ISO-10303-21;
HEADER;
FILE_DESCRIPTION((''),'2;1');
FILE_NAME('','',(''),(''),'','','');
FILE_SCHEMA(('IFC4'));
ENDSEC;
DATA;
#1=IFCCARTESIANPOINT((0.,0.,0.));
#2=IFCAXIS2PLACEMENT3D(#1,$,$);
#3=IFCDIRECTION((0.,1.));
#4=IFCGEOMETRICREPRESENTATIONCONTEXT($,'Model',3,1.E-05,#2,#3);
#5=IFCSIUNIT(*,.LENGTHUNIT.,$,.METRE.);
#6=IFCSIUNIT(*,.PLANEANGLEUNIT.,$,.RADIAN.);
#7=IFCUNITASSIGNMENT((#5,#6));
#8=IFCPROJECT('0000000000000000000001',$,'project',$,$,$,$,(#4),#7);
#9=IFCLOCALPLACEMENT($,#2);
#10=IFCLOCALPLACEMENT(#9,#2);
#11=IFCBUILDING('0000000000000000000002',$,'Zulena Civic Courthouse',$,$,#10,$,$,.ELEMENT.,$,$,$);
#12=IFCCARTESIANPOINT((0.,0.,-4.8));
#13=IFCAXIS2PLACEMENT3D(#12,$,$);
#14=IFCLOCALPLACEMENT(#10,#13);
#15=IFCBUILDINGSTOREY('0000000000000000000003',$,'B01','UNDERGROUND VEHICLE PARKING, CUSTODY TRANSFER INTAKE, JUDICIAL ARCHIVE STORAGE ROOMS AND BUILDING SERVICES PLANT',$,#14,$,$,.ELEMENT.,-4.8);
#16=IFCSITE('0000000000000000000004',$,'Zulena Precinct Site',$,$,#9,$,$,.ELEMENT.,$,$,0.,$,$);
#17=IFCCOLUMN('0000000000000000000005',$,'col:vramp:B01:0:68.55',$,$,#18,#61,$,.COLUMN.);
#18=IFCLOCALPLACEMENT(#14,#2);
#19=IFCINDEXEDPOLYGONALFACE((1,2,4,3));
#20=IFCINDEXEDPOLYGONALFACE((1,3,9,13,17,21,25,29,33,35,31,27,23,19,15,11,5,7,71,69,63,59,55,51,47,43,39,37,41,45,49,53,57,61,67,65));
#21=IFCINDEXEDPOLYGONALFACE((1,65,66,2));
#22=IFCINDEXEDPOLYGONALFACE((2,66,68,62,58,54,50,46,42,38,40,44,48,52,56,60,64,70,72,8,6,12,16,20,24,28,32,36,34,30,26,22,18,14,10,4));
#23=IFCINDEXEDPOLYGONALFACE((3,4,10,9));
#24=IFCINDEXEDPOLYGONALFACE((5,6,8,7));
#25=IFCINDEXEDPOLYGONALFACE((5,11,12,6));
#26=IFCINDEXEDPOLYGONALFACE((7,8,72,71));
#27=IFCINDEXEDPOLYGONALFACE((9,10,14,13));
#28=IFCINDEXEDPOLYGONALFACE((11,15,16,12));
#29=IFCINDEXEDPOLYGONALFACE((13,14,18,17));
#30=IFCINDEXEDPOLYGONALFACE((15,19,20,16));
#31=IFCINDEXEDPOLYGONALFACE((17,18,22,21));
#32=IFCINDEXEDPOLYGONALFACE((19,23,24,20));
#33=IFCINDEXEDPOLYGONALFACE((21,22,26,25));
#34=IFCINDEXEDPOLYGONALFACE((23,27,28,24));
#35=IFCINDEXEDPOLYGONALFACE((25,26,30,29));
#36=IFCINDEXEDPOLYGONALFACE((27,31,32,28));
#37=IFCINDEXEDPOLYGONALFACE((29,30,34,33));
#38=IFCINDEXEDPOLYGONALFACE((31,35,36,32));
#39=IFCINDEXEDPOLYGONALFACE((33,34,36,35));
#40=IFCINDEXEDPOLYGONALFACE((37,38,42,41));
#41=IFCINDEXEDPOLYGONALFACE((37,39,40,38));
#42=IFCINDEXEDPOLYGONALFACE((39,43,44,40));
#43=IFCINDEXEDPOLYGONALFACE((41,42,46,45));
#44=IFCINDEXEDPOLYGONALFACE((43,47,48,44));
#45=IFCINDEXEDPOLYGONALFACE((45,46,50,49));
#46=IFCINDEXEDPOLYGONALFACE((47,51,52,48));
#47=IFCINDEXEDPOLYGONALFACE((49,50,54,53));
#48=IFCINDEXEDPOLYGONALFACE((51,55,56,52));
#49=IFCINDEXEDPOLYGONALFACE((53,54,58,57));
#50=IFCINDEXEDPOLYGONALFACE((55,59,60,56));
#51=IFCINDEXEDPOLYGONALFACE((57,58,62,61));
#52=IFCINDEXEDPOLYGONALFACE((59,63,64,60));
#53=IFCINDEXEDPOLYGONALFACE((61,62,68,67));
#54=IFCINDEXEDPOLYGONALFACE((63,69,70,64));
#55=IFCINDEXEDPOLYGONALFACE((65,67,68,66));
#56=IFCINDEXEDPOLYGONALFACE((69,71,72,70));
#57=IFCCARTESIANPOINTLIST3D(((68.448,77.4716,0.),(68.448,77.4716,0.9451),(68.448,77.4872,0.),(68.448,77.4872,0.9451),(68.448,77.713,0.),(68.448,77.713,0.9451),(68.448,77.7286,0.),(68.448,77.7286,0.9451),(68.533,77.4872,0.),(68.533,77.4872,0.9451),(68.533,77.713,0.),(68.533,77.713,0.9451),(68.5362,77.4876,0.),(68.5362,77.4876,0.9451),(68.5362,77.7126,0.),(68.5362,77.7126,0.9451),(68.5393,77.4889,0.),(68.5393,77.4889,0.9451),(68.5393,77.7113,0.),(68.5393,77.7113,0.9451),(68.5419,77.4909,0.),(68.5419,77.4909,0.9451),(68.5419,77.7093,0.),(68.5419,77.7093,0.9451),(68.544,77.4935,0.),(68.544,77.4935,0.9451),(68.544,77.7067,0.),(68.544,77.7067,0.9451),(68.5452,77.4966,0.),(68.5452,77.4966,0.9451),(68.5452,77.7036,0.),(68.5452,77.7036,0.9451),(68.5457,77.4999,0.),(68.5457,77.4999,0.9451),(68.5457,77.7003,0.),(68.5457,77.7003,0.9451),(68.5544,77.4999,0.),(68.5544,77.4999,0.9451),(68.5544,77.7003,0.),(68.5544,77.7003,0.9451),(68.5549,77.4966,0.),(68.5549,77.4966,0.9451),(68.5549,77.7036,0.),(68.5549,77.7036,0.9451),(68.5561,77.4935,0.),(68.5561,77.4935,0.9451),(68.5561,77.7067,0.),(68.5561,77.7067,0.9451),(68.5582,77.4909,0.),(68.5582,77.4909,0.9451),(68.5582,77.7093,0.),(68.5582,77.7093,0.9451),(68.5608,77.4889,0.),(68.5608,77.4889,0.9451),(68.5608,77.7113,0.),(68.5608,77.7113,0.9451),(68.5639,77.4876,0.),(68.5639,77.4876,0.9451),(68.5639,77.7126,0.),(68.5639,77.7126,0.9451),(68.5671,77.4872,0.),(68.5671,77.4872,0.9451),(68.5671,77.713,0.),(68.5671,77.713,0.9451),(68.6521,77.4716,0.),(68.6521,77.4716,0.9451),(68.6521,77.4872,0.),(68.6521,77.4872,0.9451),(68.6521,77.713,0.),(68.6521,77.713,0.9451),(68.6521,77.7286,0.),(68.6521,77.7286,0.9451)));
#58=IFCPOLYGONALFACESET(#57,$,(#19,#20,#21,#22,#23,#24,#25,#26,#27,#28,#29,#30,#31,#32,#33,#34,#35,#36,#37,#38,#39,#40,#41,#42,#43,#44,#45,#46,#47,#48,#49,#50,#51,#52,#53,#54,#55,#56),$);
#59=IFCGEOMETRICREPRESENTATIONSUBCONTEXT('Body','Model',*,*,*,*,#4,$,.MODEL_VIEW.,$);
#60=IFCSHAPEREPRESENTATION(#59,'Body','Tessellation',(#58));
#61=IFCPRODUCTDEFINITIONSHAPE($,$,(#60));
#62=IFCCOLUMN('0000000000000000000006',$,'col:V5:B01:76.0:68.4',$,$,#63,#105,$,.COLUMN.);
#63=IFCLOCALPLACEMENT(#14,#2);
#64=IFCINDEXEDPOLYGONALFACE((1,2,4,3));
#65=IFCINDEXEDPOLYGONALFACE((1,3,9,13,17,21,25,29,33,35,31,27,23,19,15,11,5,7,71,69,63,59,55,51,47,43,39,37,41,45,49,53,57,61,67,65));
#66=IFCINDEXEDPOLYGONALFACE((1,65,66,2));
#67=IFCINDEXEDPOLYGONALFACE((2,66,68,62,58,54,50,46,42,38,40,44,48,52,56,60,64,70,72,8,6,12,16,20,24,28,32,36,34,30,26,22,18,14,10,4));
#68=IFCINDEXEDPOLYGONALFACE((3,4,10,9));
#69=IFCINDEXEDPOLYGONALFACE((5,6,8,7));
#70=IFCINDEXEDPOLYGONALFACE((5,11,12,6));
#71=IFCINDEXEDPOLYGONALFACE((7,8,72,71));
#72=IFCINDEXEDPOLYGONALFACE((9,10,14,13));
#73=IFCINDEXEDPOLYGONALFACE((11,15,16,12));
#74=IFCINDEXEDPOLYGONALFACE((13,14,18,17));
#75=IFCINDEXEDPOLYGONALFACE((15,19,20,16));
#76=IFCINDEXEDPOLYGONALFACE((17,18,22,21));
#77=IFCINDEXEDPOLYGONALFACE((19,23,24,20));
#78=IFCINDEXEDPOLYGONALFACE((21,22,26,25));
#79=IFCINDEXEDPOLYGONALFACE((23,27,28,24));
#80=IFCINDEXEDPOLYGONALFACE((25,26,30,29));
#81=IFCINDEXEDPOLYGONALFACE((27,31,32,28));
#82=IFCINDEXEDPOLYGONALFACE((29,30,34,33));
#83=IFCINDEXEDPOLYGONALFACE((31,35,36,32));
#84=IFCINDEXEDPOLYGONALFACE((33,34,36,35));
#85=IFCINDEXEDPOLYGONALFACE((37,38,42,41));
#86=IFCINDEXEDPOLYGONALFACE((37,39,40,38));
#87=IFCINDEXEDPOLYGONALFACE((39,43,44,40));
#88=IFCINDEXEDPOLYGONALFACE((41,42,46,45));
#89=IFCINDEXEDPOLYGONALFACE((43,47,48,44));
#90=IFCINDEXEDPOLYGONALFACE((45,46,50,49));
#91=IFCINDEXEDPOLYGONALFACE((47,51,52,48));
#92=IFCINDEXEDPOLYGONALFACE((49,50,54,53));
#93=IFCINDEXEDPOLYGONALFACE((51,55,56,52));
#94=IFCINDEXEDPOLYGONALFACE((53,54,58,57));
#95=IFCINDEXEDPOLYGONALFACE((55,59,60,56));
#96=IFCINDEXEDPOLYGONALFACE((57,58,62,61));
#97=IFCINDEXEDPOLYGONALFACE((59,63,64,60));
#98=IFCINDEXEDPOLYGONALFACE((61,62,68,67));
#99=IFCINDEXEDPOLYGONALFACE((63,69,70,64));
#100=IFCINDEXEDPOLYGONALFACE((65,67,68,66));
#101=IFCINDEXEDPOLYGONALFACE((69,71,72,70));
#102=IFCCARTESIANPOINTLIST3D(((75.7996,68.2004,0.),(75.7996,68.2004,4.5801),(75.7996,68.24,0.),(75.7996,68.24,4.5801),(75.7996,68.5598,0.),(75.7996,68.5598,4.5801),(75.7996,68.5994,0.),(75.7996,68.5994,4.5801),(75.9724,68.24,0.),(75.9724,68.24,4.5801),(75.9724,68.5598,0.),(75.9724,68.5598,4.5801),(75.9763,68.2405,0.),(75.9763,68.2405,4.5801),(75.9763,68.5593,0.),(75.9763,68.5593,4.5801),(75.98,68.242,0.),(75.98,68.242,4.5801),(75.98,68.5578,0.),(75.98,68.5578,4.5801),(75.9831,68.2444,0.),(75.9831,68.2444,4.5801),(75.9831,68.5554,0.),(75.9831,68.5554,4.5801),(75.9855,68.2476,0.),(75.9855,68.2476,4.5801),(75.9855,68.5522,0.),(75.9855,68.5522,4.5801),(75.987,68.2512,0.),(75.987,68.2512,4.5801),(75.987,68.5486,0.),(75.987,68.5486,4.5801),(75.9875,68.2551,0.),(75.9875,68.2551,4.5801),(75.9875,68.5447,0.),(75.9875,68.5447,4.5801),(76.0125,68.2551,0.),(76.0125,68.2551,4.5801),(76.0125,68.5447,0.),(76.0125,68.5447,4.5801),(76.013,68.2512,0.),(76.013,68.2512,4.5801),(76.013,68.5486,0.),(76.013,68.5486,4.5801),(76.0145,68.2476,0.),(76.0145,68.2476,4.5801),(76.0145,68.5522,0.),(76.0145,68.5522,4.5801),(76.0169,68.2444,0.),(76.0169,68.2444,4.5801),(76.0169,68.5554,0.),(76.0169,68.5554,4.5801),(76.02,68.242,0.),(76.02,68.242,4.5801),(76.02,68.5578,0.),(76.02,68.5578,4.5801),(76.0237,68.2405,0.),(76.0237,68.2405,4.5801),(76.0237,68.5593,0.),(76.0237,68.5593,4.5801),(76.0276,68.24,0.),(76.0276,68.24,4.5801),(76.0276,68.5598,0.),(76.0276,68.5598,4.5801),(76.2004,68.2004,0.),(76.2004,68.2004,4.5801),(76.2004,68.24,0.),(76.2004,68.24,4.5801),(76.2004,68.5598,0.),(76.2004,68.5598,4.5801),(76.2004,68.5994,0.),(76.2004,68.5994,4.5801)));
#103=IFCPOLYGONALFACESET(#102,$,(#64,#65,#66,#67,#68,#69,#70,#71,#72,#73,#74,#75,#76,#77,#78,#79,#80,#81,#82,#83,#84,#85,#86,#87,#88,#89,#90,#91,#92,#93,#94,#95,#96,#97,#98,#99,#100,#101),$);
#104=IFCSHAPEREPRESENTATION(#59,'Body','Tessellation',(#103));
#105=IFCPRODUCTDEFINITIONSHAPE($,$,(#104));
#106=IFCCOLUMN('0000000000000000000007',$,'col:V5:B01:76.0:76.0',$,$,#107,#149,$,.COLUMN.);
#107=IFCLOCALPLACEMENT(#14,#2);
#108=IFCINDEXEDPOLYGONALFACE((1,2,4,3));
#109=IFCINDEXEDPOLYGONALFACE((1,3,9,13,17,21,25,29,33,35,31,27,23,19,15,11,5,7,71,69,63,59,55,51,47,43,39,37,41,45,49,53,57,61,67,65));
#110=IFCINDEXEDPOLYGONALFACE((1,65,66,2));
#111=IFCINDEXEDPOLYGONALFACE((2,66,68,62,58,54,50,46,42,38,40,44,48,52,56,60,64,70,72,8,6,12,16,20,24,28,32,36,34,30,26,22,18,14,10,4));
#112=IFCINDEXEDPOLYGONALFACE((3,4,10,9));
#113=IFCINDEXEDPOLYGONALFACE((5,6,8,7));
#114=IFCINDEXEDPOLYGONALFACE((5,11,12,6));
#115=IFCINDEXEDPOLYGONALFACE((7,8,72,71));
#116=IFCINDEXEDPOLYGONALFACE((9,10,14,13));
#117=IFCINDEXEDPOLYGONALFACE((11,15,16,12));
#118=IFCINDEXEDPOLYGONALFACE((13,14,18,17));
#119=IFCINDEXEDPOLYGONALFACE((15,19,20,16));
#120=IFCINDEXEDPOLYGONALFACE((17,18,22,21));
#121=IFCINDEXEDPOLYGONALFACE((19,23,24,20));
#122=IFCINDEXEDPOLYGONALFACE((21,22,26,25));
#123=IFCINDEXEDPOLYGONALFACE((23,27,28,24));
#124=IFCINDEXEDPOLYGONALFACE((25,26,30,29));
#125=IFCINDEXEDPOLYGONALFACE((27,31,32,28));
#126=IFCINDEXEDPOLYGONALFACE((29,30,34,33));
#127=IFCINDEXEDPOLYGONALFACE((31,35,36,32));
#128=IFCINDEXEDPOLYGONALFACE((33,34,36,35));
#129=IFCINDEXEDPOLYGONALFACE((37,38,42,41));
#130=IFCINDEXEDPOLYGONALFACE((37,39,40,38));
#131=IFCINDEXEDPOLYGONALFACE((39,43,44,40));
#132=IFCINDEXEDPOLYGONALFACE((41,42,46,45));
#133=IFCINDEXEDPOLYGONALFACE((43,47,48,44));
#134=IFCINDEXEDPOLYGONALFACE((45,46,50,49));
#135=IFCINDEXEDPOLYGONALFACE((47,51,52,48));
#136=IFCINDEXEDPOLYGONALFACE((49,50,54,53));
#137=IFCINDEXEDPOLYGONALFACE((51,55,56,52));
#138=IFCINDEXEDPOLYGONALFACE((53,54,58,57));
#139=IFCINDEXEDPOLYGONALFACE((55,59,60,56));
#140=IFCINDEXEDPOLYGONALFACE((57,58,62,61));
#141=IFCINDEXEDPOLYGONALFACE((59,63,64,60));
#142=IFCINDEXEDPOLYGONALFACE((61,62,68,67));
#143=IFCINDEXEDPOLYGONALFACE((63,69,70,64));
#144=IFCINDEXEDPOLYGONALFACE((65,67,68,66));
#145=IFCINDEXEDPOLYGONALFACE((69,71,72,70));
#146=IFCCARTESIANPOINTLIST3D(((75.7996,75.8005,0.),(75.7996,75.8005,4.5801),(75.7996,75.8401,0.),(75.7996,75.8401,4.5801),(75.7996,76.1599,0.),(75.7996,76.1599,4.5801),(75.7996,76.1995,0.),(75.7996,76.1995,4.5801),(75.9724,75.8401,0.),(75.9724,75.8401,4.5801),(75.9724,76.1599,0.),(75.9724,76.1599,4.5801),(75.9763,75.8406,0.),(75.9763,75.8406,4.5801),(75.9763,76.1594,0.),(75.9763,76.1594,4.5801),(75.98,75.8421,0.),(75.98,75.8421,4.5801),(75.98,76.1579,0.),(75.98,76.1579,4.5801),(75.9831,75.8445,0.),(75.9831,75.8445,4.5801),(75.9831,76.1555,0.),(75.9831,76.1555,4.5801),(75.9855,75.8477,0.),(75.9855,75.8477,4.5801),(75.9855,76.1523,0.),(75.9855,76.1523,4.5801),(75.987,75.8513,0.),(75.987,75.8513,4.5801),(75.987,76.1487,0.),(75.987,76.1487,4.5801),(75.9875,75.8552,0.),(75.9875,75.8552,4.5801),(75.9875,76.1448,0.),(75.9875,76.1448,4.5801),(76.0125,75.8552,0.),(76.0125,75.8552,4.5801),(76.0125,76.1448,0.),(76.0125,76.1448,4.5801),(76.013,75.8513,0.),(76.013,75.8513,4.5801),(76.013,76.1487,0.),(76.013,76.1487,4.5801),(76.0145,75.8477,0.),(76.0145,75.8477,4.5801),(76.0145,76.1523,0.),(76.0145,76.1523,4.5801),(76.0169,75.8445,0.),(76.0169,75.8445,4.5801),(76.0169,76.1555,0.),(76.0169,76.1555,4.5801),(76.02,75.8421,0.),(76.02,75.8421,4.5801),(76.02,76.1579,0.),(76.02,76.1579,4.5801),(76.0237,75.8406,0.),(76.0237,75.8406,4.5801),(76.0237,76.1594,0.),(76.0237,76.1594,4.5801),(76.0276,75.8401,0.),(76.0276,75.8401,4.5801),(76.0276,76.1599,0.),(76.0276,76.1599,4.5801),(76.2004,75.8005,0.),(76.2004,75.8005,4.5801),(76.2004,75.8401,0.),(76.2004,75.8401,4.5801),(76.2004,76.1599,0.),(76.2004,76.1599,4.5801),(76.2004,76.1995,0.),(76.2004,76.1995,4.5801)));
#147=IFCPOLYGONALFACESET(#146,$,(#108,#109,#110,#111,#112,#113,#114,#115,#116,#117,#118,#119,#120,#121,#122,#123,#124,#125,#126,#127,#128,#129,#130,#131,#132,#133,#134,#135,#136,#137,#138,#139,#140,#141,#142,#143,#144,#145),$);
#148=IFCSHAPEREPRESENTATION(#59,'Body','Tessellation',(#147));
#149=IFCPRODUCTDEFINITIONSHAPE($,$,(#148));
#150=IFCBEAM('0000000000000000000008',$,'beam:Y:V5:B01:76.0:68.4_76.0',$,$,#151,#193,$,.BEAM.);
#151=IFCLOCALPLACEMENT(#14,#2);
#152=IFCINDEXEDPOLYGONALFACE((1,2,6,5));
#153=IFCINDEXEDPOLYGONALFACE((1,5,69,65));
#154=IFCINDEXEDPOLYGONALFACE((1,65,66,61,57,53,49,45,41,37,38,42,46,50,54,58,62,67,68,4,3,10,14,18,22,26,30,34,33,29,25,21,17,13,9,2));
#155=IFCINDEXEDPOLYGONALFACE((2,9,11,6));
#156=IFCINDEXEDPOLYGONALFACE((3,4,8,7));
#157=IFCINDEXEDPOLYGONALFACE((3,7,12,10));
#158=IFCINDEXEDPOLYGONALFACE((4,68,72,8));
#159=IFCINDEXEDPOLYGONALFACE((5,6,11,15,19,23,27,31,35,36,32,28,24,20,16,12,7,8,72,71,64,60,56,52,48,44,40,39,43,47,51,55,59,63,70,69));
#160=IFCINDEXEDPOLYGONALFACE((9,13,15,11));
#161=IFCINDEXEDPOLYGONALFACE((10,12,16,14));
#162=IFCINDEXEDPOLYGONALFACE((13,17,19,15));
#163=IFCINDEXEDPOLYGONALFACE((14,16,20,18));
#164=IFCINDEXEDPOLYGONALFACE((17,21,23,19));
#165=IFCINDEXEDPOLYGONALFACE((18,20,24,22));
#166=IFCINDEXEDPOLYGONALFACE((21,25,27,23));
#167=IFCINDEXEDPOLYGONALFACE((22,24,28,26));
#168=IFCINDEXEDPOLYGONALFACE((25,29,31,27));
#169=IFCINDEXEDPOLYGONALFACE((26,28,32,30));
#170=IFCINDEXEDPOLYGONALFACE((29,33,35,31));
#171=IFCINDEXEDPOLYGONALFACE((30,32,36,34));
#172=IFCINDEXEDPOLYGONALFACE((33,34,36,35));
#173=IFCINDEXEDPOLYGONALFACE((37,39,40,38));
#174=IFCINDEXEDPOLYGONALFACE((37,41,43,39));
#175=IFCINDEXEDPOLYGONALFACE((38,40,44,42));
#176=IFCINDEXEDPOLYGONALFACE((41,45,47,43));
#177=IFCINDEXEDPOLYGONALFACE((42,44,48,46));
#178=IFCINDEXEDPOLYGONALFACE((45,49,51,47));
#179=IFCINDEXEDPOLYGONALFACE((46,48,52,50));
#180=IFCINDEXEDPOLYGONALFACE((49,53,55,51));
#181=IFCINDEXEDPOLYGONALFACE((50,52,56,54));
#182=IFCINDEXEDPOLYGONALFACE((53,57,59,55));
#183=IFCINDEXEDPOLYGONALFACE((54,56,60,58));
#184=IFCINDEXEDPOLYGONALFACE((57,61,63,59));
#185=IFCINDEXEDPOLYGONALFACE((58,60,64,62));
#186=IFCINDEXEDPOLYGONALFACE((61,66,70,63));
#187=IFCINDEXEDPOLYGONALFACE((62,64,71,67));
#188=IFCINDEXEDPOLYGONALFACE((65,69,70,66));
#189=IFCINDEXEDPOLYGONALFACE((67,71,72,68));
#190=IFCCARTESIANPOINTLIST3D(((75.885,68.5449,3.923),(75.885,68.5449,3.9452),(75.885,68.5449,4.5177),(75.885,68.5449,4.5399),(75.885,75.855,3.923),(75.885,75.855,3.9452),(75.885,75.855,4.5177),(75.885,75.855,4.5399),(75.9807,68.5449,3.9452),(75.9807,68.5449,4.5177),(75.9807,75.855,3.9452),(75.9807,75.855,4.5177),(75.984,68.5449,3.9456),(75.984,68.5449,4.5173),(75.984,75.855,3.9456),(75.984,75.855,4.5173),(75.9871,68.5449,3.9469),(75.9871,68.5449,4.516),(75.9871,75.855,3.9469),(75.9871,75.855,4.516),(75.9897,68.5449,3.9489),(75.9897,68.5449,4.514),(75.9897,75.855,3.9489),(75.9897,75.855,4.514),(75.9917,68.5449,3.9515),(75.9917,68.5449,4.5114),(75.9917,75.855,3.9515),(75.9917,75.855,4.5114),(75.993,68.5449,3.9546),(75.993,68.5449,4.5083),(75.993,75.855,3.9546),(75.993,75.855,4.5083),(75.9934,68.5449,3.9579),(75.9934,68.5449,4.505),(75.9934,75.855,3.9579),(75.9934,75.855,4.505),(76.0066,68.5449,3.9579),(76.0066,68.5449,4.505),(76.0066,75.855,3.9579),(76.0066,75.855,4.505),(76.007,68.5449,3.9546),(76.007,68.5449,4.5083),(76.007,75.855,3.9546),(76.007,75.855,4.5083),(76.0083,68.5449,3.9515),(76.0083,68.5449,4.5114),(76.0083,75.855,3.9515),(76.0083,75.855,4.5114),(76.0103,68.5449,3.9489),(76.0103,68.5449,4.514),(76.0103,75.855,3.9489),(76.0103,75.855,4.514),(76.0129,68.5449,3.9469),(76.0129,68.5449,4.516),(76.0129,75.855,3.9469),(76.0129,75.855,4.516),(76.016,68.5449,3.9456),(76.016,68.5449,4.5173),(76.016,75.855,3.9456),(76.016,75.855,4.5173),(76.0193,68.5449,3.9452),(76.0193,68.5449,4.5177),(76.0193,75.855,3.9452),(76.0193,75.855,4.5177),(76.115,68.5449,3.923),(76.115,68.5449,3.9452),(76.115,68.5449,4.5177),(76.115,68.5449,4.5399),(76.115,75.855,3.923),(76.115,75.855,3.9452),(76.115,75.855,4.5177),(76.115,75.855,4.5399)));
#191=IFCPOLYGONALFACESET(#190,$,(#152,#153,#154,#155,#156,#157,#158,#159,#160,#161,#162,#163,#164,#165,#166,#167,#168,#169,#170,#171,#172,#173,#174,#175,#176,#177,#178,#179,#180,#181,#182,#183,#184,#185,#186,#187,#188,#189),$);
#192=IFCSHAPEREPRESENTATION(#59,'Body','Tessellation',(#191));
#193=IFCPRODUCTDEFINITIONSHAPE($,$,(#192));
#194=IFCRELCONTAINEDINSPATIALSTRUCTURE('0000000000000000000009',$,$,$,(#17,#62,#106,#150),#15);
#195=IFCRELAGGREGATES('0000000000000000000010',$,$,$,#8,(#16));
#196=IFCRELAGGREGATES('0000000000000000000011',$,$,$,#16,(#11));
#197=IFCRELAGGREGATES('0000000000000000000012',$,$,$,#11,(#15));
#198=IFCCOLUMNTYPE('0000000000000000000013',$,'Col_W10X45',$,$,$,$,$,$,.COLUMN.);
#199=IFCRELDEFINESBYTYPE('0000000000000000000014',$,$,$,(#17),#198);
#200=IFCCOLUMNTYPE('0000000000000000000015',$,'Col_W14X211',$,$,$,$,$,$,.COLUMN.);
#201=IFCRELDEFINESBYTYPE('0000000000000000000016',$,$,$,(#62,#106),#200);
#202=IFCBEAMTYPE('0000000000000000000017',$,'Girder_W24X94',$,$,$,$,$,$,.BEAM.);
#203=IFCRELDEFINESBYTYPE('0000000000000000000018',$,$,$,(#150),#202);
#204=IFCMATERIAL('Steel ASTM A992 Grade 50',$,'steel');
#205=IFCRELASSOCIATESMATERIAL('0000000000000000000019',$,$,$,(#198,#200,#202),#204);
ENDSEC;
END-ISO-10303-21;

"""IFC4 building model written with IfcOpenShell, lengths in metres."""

from ifc_helpers import new_model, si_unit, direction, frame, origin, origin_2d, place, context, subcontext, project, spatial, i_section, extrude, material, material_profile, profile_set, type_object, element, save


model = new_model("IFC4")

# Units and contexts
model_context = context("Model", 3, precision=1e-05, world=origin(), true_north=direction((0.0, 1.0)))
body_context = subcontext(model_context, "Body", "Model", "MODEL_VIEW")
ifc_project = project(units=[si_unit("LENGTHUNIT", "METRE"), si_unit("PLANEANGLEUNIT", "RADIAN")], contexts=[model_context])

# Site, building, storey
site_placement = place(None, origin())
site = spatial("IfcSite", under=ifc_project, at=site_placement, Name="Zulena Precinct Site", CompositionType="ELEMENT", RefElevation=0.0)
building_placement = place(site_placement, origin())
building = spatial("IfcBuilding", under=site, at=building_placement, Name="Zulena Civic Courthouse", CompositionType="ELEMENT")
storey_placement = place(building_placement, frame((0.0, 0.0, -4.8)))
storey = spatial("IfcBuildingStorey", under=building, at=storey_placement, Name="B01", Description="UNDERGROUND VEHICLE PARKING, CUSTODY TRANSFER INTAKE, JUDICIAL ARCHIVE STORAGE ROOMS AND BUILDING SERVICES PLANT", CompositionType="ELEMENT", Elevation=-4.8)

# Columns
ifc_material_1 = material(Name="Steel ASTM A992 Grade 50", Category="steel")
ifc_material_profile_1 = material_profile(ifc_material_1, i_section(OverallWidth=0.2041, OverallDepth=0.2571, WebThickness=0.0088, FlangeThickness=0.0156, FilletRadius=0.0127, at=origin_2d()), Name="W10X45")
ifc_profile_set_1 = profile_set([ifc_material_profile_1], Name="Steel ASTM A992 Grade 50")
column_type_1 = type_object("IfcColumnType", Name="Col_W10X45", PredefinedType="COLUMN", material=ifc_profile_set_1)
column_placement = place(storey_placement, frame((68.55, 77.6001, 0.0), z_axis=(0.0, 0.0, 1.0), x_axis=(1.0, 0.0, 0.0)))
element("IfcColumn", 1, at=column_placement, inside=storey, type_object=column_type_1, Name="col:vramp:B01:0:68.55", PredefinedType="COLUMN", context=body_context, shape_type="SweptSolid", body=[
    extrude(i_section(OverallWidth=0.2041, OverallDepth=0.2571, WebThickness=0.0088, FlangeThickness=0.0156, FilletRadius=0.0127, at=origin_2d()), origin(), (0.0, 0.0, 1.0), 0.9451),
])
ifc_material_profile_2 = material_profile(ifc_material_1, i_section(OverallWidth=0.4009, OverallDepth=0.3989, WebThickness=0.0249, FlangeThickness=0.0396, FilletRadius=0.0151, at=origin_2d()), Name="W14X211")
ifc_profile_set_2 = profile_set([ifc_material_profile_2], Name="Steel ASTM A992 Grade 50")
column_type_2 = type_object("IfcColumnType", Name="Col_W14X211", PredefinedType="COLUMN", material=ifc_profile_set_2)
for number, where, z_axis, x_axis, name in (
    (2, (76.0, 68.3999, 0.0), (0.0, 0.0, 1.0), (1.0, 0.0, 0.0), "col:V5:B01:76.0:68.4"),
    (3, (76.0, 76.0, 0.0), (0.0, 0.0, 1.0), (1.0, 0.0, 0.0), "col:V5:B01:76.0:76.0"),
):
    element("IfcColumn", number, at=place(storey_placement, frame(where, z_axis=z_axis, x_axis=x_axis)), inside=storey, type_object=column_type_2, Name=name, PredefinedType="COLUMN", context=body_context, shape_type="SweptSolid", body=[
        extrude(i_section(OverallWidth=0.4009, OverallDepth=0.3989, WebThickness=0.0249, FlangeThickness=0.0396, FilletRadius=0.0151, at=origin_2d()), origin(), (0.0, 0.0, 1.0), 4.5801),
    ])

# Beam
ifc_material_profile_3 = material_profile(ifc_material_1, i_section(OverallWidth=0.23, OverallDepth=0.6169, WebThickness=0.0132, FlangeThickness=0.0222, FilletRadius=0.0127, at=origin_2d()), Name="W24X94")
ifc_profile_set_3 = profile_set([ifc_material_profile_3], Name="Steel ASTM A992 Grade 50")
beam_type_1 = type_object("IfcBeamType", Name="Girder_W24X94", PredefinedType="BEAM", material=ifc_profile_set_3)
for number, where, z_axis, x_axis, name in (
    (4, (76.0, 68.5449, 4.2314), (0.0, 1.0, 0.0), (-1.0, 0.0, 0.0), "beam:Y:V5:B01:76.0:68.4_76.0"),
):
    element("IfcBeam", number, at=place(storey_placement, frame(where, z_axis=z_axis, x_axis=x_axis)), inside=storey, type_object=beam_type_1, Name=name, PredefinedType="BEAM", context=body_context, shape_type="SweptSolid", body=[
        extrude(i_section(OverallWidth=0.23, OverallDepth=0.6169, WebThickness=0.0132, FlangeThickness=0.0222, FilletRadius=0.0127, at=origin_2d()), origin(), (0.0, 0.0, 1.0), 7.3101),
    ])

save(model, "model.ifc")
